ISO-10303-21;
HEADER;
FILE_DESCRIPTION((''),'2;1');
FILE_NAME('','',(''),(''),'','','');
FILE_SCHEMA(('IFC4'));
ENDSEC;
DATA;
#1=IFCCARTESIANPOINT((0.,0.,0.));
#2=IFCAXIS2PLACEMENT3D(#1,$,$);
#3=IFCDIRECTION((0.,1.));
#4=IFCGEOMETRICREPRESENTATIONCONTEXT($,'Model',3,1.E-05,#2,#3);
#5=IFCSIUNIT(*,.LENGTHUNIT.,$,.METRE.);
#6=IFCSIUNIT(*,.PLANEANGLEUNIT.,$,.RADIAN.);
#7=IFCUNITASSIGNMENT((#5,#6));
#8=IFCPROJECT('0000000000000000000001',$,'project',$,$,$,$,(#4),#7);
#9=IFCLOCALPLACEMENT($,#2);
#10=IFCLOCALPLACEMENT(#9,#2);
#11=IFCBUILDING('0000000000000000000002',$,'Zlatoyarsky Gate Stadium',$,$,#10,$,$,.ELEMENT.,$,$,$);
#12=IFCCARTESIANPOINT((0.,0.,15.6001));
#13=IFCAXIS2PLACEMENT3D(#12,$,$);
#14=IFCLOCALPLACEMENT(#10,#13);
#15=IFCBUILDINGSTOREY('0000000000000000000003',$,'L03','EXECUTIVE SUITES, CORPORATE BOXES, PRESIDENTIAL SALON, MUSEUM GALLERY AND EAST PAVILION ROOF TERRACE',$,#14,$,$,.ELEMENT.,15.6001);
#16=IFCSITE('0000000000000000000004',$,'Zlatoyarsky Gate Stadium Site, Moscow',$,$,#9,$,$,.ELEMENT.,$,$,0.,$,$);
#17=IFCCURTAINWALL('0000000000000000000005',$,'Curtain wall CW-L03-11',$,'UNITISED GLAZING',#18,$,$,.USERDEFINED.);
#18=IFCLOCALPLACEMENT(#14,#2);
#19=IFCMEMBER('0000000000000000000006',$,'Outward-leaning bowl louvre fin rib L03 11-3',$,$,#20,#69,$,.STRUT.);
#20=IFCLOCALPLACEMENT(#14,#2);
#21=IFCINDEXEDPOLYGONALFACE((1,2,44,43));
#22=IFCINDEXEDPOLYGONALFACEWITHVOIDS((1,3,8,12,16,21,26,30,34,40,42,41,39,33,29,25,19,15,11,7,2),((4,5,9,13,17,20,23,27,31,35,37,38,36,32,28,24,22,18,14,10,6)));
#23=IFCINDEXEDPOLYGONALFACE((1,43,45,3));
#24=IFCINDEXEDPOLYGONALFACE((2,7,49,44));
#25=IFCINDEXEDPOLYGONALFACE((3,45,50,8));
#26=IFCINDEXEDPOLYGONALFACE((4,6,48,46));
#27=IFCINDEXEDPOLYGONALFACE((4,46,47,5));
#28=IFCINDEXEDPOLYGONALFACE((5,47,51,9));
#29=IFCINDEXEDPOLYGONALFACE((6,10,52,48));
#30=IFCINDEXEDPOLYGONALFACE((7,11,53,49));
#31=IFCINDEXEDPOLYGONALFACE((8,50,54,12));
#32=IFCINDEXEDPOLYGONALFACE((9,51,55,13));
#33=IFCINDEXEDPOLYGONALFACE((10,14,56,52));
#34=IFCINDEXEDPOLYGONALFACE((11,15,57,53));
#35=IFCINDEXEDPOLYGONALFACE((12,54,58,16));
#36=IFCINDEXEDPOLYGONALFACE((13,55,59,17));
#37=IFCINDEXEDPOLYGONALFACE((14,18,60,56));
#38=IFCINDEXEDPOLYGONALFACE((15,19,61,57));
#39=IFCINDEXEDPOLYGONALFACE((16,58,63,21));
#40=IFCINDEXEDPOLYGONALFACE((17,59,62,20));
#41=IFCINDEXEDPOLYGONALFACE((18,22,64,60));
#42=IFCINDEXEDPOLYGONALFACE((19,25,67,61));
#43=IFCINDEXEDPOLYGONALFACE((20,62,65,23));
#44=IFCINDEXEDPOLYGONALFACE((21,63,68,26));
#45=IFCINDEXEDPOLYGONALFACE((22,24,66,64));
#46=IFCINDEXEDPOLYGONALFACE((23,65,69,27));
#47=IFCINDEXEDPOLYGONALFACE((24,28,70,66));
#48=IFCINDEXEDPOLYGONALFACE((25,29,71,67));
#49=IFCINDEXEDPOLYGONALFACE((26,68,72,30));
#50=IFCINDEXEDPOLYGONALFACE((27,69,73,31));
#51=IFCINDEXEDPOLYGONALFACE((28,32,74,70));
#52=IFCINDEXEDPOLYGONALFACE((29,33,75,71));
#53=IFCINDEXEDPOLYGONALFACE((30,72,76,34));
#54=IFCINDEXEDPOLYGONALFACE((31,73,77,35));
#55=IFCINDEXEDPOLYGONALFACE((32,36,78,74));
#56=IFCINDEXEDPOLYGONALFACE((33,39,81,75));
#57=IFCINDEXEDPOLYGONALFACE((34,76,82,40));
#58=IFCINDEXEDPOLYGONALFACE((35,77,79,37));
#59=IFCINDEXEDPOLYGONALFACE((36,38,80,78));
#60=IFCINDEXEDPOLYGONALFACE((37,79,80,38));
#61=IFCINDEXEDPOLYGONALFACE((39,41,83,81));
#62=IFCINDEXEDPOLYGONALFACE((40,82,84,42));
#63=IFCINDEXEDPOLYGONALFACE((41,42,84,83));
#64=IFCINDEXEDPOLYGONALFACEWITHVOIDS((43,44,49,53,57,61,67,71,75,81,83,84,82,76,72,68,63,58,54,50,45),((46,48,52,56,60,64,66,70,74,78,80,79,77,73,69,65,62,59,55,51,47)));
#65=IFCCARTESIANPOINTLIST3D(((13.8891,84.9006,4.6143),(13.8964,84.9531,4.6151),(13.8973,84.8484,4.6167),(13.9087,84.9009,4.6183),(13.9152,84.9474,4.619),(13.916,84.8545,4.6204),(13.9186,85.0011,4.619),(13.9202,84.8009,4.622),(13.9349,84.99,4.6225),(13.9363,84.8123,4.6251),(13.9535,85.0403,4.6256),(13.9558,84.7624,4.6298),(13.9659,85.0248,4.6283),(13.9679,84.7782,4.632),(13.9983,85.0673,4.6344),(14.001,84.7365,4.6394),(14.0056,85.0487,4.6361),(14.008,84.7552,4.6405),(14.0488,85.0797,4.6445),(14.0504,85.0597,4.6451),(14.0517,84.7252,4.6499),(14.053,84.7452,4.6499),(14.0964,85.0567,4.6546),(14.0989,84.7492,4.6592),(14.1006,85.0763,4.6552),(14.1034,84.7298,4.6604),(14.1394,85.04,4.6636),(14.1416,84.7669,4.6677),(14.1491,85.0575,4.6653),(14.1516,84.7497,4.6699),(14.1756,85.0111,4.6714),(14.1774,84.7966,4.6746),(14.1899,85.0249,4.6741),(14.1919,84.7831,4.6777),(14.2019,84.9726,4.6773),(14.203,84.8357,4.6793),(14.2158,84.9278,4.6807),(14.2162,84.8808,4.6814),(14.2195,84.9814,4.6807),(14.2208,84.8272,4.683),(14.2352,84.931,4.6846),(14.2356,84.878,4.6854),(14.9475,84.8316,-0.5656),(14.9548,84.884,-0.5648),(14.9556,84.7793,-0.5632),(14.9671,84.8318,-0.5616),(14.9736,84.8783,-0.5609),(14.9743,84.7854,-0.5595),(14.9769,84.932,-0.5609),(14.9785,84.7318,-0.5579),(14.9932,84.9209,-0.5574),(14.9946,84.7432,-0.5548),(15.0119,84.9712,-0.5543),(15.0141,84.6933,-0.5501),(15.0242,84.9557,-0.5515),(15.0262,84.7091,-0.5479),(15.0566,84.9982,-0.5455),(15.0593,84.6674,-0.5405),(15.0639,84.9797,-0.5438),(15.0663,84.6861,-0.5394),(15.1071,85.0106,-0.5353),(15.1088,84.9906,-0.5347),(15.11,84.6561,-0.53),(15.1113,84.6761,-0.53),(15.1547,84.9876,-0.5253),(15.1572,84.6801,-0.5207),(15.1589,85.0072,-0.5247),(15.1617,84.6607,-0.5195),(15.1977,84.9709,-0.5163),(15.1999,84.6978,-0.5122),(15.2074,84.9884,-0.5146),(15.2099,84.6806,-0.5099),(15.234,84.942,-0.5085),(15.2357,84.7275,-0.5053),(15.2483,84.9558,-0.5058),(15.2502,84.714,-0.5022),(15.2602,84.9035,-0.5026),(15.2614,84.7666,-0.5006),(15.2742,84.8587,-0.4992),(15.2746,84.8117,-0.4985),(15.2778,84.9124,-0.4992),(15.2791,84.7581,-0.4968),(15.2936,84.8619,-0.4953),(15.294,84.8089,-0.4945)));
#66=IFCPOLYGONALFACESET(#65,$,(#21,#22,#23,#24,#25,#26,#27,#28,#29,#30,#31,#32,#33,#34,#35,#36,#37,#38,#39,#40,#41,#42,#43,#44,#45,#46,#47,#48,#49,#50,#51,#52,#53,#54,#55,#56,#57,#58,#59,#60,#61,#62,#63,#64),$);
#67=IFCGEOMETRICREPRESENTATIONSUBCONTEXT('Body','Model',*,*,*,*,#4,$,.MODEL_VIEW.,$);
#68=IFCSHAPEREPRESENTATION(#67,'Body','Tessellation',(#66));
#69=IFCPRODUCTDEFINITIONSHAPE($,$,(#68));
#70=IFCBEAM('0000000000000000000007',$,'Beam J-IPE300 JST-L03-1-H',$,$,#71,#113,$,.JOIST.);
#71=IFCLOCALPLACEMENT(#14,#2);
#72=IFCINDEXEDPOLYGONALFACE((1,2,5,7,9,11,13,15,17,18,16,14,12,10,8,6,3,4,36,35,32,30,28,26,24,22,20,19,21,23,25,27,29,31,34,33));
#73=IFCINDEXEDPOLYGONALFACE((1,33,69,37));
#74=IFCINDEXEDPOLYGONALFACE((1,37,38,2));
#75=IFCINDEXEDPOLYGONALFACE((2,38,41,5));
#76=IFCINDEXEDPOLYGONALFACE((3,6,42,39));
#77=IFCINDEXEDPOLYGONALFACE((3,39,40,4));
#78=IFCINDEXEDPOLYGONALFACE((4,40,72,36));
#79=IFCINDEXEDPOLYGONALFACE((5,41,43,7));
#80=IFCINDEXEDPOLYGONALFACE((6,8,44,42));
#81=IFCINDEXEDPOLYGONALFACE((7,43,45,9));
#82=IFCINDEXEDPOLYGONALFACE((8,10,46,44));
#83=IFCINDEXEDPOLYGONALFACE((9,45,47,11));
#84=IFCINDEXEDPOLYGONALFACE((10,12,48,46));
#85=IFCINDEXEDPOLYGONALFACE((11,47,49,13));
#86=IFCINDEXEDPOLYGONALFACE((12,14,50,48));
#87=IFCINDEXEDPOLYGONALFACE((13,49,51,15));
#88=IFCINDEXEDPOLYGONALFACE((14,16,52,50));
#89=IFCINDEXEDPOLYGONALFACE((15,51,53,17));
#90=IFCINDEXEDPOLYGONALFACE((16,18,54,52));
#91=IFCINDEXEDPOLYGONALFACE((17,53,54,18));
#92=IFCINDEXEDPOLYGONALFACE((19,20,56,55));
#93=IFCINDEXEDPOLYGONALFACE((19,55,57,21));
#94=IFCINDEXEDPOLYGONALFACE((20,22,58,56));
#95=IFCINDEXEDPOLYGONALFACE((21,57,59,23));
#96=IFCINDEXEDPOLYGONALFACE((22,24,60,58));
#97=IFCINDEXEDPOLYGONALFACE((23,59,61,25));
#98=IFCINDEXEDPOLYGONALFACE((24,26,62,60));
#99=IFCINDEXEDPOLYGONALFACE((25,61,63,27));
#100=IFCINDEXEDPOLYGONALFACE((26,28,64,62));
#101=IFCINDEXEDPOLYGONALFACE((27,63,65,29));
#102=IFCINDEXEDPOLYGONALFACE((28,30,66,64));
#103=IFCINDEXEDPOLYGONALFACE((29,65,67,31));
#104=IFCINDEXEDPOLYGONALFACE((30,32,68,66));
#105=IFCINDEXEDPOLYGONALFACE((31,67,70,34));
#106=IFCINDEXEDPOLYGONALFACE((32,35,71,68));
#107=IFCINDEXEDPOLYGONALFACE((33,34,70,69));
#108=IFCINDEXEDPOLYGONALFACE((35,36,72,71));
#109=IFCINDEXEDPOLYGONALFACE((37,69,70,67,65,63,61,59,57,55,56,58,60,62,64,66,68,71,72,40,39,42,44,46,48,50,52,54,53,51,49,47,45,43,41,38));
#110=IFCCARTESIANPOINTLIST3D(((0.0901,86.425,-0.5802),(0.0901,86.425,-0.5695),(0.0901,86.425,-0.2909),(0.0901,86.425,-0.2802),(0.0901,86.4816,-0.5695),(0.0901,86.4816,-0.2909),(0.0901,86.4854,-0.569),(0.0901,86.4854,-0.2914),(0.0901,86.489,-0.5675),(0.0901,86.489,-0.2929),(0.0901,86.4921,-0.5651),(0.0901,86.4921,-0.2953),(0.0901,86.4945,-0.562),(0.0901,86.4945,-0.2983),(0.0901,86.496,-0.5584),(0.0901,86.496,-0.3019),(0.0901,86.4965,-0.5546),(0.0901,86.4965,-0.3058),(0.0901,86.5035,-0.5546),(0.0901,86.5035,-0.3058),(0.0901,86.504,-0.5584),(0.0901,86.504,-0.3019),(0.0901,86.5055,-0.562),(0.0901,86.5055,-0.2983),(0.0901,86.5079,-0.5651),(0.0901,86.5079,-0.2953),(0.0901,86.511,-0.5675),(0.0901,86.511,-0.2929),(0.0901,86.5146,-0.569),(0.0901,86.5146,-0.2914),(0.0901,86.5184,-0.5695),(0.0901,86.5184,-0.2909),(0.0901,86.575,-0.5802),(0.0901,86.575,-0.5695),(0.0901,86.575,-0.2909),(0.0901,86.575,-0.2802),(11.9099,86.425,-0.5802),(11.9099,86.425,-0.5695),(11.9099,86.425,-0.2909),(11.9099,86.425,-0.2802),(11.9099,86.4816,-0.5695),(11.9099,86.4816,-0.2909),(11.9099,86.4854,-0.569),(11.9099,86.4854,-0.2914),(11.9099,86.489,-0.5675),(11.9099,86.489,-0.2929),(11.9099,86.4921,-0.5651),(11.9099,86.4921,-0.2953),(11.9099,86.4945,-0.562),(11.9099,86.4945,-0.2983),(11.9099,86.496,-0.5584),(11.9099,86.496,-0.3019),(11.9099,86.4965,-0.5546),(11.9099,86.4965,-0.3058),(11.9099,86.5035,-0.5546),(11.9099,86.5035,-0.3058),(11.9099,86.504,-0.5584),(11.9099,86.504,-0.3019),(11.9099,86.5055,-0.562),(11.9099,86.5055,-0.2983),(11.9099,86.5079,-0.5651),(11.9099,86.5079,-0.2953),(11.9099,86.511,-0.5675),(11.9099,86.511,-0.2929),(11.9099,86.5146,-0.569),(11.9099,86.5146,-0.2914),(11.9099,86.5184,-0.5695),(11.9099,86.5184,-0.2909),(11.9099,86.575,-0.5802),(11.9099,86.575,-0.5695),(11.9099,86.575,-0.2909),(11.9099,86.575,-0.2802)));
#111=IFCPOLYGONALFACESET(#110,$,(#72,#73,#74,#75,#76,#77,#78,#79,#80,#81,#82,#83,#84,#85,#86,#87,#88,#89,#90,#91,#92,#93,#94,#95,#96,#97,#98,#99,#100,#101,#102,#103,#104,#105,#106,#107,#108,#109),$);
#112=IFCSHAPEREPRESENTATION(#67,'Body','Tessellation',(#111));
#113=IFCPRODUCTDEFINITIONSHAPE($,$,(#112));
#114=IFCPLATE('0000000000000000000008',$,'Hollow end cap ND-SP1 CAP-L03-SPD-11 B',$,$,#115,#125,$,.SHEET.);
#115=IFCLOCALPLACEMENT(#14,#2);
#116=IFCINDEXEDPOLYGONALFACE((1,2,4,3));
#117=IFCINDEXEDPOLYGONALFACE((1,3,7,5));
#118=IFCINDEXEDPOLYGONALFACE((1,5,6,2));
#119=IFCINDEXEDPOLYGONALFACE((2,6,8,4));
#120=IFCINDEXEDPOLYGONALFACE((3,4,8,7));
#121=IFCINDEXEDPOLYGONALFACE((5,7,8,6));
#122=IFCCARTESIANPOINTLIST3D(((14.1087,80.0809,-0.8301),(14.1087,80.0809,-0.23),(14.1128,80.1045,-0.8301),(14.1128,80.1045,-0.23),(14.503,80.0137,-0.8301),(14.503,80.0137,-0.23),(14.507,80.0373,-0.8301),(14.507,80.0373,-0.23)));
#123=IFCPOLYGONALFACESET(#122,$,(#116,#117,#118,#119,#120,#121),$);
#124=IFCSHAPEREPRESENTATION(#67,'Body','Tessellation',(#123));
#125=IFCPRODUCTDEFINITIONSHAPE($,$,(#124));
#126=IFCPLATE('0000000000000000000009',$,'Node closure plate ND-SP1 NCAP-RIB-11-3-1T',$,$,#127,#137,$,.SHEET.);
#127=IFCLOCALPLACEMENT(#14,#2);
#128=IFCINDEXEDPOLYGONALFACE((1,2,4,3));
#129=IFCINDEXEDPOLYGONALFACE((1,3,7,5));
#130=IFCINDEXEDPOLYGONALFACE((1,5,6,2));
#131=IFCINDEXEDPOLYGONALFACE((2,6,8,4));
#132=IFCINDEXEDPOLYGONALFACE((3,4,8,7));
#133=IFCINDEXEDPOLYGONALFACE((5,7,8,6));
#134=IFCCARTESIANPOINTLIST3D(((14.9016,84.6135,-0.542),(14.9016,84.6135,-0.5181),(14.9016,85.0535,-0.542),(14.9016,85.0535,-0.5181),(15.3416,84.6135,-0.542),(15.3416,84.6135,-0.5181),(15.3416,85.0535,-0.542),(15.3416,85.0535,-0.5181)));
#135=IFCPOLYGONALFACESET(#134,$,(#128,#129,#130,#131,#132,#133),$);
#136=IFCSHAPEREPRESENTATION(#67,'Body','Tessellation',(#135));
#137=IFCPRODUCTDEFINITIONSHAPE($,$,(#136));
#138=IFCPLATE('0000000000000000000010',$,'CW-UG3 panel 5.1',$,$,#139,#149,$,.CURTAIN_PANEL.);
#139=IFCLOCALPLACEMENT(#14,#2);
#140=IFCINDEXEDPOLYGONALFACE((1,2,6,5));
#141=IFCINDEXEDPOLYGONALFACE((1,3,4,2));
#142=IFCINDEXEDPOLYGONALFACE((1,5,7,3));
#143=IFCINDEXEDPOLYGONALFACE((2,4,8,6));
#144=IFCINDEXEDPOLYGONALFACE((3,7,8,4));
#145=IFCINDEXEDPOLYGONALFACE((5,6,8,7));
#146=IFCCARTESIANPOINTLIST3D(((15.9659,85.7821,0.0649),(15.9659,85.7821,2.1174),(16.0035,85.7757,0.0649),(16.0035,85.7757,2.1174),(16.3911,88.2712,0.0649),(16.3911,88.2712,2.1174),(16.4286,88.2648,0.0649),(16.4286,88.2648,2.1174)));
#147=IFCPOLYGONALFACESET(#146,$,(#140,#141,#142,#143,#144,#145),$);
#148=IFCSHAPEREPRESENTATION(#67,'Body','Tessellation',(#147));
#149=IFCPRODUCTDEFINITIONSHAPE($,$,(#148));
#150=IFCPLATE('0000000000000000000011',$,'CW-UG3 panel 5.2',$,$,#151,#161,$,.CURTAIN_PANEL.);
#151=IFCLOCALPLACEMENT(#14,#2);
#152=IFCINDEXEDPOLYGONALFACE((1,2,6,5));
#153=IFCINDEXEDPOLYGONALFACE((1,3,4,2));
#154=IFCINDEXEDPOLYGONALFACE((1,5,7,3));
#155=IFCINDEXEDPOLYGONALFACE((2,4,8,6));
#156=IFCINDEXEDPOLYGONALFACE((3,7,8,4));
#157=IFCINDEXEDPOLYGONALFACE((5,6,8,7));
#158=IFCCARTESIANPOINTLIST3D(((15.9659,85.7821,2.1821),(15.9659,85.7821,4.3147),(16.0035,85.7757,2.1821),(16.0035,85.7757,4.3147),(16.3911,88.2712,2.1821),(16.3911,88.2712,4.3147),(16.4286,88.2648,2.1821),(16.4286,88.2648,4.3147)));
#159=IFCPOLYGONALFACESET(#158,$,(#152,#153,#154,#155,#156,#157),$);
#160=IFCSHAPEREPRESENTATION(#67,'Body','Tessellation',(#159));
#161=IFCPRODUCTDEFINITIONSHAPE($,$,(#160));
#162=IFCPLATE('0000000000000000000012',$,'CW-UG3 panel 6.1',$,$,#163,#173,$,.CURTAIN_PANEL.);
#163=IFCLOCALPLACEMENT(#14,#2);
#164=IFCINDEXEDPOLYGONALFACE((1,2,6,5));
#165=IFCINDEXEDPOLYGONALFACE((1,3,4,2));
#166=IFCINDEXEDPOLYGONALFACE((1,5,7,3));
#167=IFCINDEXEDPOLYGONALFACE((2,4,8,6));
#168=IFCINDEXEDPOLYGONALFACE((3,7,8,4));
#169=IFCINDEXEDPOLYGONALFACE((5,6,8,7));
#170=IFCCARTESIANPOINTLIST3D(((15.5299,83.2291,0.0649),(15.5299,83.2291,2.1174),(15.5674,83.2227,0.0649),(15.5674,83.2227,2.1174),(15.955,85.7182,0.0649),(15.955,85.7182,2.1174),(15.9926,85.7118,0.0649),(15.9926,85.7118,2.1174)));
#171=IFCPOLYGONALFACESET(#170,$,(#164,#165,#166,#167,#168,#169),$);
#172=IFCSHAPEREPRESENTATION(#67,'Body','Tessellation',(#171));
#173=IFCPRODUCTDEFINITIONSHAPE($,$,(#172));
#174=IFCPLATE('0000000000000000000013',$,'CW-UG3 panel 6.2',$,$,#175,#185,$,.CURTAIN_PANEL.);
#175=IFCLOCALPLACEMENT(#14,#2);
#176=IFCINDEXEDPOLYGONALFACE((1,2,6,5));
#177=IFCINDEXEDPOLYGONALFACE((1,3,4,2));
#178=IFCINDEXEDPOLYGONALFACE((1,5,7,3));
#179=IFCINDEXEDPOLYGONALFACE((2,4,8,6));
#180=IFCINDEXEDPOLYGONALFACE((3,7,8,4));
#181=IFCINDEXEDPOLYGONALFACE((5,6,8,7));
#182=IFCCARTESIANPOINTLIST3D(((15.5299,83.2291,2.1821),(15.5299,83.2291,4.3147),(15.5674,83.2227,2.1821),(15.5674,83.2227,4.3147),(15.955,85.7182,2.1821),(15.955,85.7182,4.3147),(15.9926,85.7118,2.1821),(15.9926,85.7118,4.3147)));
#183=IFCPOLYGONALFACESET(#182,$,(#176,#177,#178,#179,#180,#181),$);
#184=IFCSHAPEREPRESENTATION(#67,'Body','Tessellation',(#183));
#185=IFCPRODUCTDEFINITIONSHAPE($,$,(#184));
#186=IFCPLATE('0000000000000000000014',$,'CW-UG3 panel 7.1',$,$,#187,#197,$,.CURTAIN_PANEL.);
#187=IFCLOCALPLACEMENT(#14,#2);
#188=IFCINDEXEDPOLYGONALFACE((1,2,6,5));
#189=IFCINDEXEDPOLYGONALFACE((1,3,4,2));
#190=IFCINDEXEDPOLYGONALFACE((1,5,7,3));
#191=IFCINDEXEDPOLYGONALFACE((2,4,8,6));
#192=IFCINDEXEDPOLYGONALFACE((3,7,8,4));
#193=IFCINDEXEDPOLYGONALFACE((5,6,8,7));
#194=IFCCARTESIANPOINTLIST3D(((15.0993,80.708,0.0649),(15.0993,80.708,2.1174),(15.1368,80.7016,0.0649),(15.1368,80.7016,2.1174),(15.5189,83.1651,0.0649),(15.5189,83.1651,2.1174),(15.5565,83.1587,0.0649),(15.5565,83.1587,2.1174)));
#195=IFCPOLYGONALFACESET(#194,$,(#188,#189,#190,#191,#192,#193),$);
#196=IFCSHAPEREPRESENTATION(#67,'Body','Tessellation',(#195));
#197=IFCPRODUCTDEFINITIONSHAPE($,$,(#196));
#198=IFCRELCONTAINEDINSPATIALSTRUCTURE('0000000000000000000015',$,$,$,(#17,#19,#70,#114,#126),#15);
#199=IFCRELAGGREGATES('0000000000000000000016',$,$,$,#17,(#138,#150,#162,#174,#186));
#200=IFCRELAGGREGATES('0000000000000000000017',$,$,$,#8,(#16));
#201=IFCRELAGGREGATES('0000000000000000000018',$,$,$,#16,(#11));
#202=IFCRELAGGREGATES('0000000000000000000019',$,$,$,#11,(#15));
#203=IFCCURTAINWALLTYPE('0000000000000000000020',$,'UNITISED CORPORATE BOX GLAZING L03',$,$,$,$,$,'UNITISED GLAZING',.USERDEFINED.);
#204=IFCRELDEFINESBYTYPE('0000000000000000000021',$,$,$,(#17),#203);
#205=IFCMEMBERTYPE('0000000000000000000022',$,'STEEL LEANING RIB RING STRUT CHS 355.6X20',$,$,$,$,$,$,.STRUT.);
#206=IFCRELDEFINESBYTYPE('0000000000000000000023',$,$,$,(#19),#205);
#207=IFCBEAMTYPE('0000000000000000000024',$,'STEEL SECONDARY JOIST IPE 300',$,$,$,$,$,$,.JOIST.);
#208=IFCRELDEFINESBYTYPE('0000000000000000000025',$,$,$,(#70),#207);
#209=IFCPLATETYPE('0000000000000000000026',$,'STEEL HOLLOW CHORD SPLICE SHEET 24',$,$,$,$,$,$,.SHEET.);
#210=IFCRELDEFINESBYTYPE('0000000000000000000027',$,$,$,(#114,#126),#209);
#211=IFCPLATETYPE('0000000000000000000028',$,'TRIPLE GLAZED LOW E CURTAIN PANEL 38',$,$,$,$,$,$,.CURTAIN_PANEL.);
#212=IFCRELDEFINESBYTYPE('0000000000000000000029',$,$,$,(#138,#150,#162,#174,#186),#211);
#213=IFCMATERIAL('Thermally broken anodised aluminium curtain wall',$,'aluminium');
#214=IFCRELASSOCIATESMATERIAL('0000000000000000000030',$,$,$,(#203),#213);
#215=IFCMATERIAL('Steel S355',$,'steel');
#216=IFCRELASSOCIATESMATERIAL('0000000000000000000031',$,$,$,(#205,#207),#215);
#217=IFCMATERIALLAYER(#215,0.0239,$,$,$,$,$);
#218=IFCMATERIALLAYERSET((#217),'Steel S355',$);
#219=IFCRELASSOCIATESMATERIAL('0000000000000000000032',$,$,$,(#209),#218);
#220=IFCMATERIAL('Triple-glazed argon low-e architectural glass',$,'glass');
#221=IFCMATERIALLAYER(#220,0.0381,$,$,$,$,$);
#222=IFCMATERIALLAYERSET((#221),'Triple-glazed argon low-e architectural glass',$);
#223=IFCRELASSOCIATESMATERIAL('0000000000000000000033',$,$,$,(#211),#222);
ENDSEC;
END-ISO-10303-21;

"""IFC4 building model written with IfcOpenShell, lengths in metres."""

from ifc_helpers import new_model, si_unit, direction, frame, origin, origin_2d, place, context, subcontext, project, spatial, rectangle, hollow_circle, i_section, extrude, material, layer, layer_set, material_profile, profile_set, type_object, element, aggregate, save


model = new_model("IFC4")

# Units and contexts
model_context = context("Model", 3, precision=1e-05, world=origin(), true_north=direction((0.0, 1.0)))
body_context = subcontext(model_context, "Body", "Model", "MODEL_VIEW")
ifc_project = project(units=[si_unit("LENGTHUNIT", "METRE"), si_unit("PLANEANGLEUNIT", "RADIAN")], contexts=[model_context])

# Site, building, storey
site_placement = place(None, origin())
site = spatial("IfcSite", under=ifc_project, at=site_placement, Name="Zlatoyarsky Gate Stadium Site, Moscow", CompositionType="ELEMENT", RefElevation=0.0)
building_placement = place(site_placement, origin())
building = spatial("IfcBuilding", under=site, at=building_placement, Name="Zlatoyarsky Gate Stadium", CompositionType="ELEMENT")
storey_placement = place(building_placement, frame((0.0, 0.0, 15.6001)))
storey = spatial("IfcBuildingStorey", under=building, at=storey_placement, Name="L03", Description="EXECUTIVE SUITES, CORPORATE BOXES, PRESIDENTIAL SALON, MUSEUM GALLERY AND EAST PAVILION ROOF TERRACE", CompositionType="ELEMENT", Elevation=15.6001)

# Curtain wall
ifc_material_1 = material(Name="Thermally broken anodised aluminium curtain wall", Category="aluminium")
curtain_wall_type = type_object("IfcCurtainWallType", Name="UNITISED CORPORATE BOX GLAZING L03", ElementType="UNITISED GLAZING", PredefinedType="USERDEFINED", material=ifc_material_1)
curtain_wall_placement = place(storey_placement, origin())
curtain_wall = element("IfcCurtainWall", 1, at=curtain_wall_placement, inside=storey, type_object=curtain_wall_type, Name="Curtain wall CW-L03-11", ObjectType="UNITISED GLAZING", PredefinedType="USERDEFINED")

# Shared definitions
ifc_material_2 = material(Name="Steel S355", Category="steel")

# Member
ifc_material_profile_1 = material_profile(ifc_material_2, hollow_circle(Radius=0.1777, WallThickness=0.02, at=origin_2d()), Name="CHS 355.6X20")
ifc_profile_set_1 = profile_set([ifc_material_profile_1], Name="Steel S355")
member_type_1 = type_object("IfcMemberType", Name="STEEL LEANING RIB RING STRUT CHS 355.6X20", PredefinedType="STRUT", material=ifc_profile_set_1)
member_1_placement = place(storey_placement, frame((15.1216, 84.8335, -0.53), z_axis=(-0.200165, 0.013067, 0.979675), x_axis=(-0.065144, -0.997876, 0.0)))
element("IfcMember", 2, at=member_1_placement, inside=storey, type_object=member_type_1, Name="Outward-leaning bowl louvre fin rib L03 11-3", PredefinedType="STRUT", context=body_context, shape_type="SweptSolid", body=[
    extrude(hollow_circle(Radius=0.1777, WallThickness=0.02, at=origin_2d()), origin(), (0.0, 0.0, 1.0), 5.2874),
])

# Beam
ifc_material_profile_2 = material_profile(ifc_material_2, i_section(OverallWidth=0.1499, OverallDepth=0.3, WebThickness=0.0071, FlangeThickness=0.0107, FilletRadius=0.0149, at=origin_2d()), Name="IPE 300")
ifc_profile_set_2 = profile_set([ifc_material_profile_2], Name="Steel S355")
beam_type_1 = type_object("IfcBeamType", Name="STEEL SECONDARY JOIST IPE 300", PredefinedType="JOIST", material=ifc_profile_set_2)
beam_1_placement = place(storey_placement, frame((0.0901, 86.5, -0.4302), z_axis=(1.0, 0.0, 0.0), x_axis=(0.0, 1.0, 0.0)))
element("IfcBeam", 3, at=beam_1_placement, inside=storey, type_object=beam_type_1, Name="Beam J-IPE300 JST-L03-1-H", PredefinedType="JOIST", context=body_context, shape_type="SweptSolid", body=[
    extrude(i_section(OverallWidth=0.1499, OverallDepth=0.3, WebThickness=0.0071, FlangeThickness=0.0107, FilletRadius=0.0149, at=origin_2d()), origin(), (0.0, 0.0, 1.0), 11.8198),
])

# Plates
ifc_layer_1 = layer(ifc_material_2, 0.0239)
ifc_layer_set_1 = layer_set([ifc_layer_1], Name="Steel S355")
plate_type_1 = type_object("IfcPlateType", Name="STEEL HOLLOW CHORD SPLICE SHEET 24", PredefinedType="SHEET", material=ifc_layer_set_1)
plate_1_placement = place(storey_placement, frame((14.3079, 80.0591, -0.8301), z_axis=(0.0, 0.0, 1.0), x_axis=(-0.167999, -0.985787, 0.0)))
element("IfcPlate", 4, at=plate_1_placement, inside=storey, type_object=plate_type_1, Name="Hollow end cap ND-SP1 CAP-L03-SPD-11 B", PredefinedType="SHEET", context=body_context, shape_type="SweptSolid", body=[
    extrude(rectangle(XDim=0.0239, YDim=0.3999, at=origin_2d()), origin(), (0.0, 0.0, 1.0), 0.6001),
])
plate_2_placement = place(storey_placement, frame((15.1216, 84.8335, -0.542), z_axis=(0.0, 0.0, 1.0), x_axis=(1.0, 0.0, 0.0)))
element("IfcPlate", 5, at=plate_2_placement, inside=storey, type_object=plate_type_1, Name="Node closure plate ND-SP1 NCAP-RIB-11-3-1T", PredefinedType="SHEET", context=body_context, shape_type="SweptSolid", body=[
    extrude(rectangle(XDim=0.4399, YDim=0.4399, at=origin_2d()), origin(), (0.0, 0.0, 1.0), 0.0239),
])

# Plates
ifc_material_3 = material(Name="Triple-glazed argon low-e architectural glass", Category="glass")
ifc_layer_2 = layer(ifc_material_3, 0.0381)
ifc_layer_set_2 = layer_set([ifc_layer_2], Name="Triple-glazed argon low-e architectural glass")
plate_type_2 = type_object("IfcPlateType", Name="TRIPLE GLAZED LOW E CURTAIN PANEL 38", PredefinedType="CURTAIN_PANEL", material=ifc_layer_set_2)
plate_3_placement = place(storey_placement, frame((16.1973, 87.0234, 0.0649), z_axis=(0.0, 0.0, 1.0), x_axis=(-0.168356, -0.985726, 0.0)))
plate_3 = element("IfcPlate", 6, at=plate_3_placement, type_object=plate_type_2, Name="CW-UG3 panel 5.1", PredefinedType="CURTAIN_PANEL", context=body_context, shape_type="SweptSolid", body=[
    extrude(rectangle(XDim=2.5251, YDim=0.0381, at=origin_2d()), origin(), (0.0, 0.0, 1.0), 2.0525),
])
plate_4_placement = place(storey_placement, frame((16.1973, 87.0234, 2.1821), z_axis=(0.0, 0.0, 1.0), x_axis=(-0.168356, -0.985726, 0.0)))
plate_4 = element("IfcPlate", 7, at=plate_4_placement, type_object=plate_type_2, Name="CW-UG3 panel 5.2", PredefinedType="CURTAIN_PANEL", context=body_context, shape_type="SweptSolid", body=[
    extrude(rectangle(XDim=2.5251, YDim=0.0381, at=origin_2d()), origin(), (0.0, 0.0, 1.0), 2.1326),
])
plate_5_placement = place(storey_placement, frame((15.7612, 84.4705, 0.0649), z_axis=(0.0, 0.0, 1.0), x_axis=(-0.168356, -0.985726, 0.0)))
plate_5 = element("IfcPlate", 8, at=plate_5_placement, type_object=plate_type_2, Name="CW-UG3 panel 6.1", PredefinedType="CURTAIN_PANEL", context=body_context, shape_type="SweptSolid", body=[
    extrude(rectangle(XDim=2.5251, YDim=0.0381, at=origin_2d()), origin(), (0.0, 0.0, 1.0), 2.0525),
])
plate_6_placement = place(storey_placement, frame((15.7612, 84.4705, 2.1821), z_axis=(0.0, 0.0, 1.0), x_axis=(-0.168356, -0.985726, 0.0)))
plate_6 = element("IfcPlate", 9, at=plate_6_placement, type_object=plate_type_2, Name="CW-UG3 panel 6.2", PredefinedType="CURTAIN_PANEL", context=body_context, shape_type="SweptSolid", body=[
    extrude(rectangle(XDim=2.5251, YDim=0.0381, at=origin_2d()), origin(), (0.0, 0.0, 1.0), 2.1326),
])
plate_7_placement = place(storey_placement, frame((15.3279, 81.9333, 0.0649), z_axis=(0.0, 0.0, 1.0), x_axis=(-0.168356, -0.985726, 0.0)))
plate_7 = element("IfcPlate", 10, at=plate_7_placement, type_object=plate_type_2, Name="CW-UG3 panel 7.1", PredefinedType="CURTAIN_PANEL", context=body_context, shape_type="SweptSolid", body=[
    extrude(rectangle(XDim=2.4927, YDim=0.0381, at=origin_2d()), origin(), (0.0, 0.0, 1.0), 2.0525),
])
aggregate(curtain_wall, [plate_3, plate_4, plate_5, plate_6, plate_7])

save(model, "model.ifc")
